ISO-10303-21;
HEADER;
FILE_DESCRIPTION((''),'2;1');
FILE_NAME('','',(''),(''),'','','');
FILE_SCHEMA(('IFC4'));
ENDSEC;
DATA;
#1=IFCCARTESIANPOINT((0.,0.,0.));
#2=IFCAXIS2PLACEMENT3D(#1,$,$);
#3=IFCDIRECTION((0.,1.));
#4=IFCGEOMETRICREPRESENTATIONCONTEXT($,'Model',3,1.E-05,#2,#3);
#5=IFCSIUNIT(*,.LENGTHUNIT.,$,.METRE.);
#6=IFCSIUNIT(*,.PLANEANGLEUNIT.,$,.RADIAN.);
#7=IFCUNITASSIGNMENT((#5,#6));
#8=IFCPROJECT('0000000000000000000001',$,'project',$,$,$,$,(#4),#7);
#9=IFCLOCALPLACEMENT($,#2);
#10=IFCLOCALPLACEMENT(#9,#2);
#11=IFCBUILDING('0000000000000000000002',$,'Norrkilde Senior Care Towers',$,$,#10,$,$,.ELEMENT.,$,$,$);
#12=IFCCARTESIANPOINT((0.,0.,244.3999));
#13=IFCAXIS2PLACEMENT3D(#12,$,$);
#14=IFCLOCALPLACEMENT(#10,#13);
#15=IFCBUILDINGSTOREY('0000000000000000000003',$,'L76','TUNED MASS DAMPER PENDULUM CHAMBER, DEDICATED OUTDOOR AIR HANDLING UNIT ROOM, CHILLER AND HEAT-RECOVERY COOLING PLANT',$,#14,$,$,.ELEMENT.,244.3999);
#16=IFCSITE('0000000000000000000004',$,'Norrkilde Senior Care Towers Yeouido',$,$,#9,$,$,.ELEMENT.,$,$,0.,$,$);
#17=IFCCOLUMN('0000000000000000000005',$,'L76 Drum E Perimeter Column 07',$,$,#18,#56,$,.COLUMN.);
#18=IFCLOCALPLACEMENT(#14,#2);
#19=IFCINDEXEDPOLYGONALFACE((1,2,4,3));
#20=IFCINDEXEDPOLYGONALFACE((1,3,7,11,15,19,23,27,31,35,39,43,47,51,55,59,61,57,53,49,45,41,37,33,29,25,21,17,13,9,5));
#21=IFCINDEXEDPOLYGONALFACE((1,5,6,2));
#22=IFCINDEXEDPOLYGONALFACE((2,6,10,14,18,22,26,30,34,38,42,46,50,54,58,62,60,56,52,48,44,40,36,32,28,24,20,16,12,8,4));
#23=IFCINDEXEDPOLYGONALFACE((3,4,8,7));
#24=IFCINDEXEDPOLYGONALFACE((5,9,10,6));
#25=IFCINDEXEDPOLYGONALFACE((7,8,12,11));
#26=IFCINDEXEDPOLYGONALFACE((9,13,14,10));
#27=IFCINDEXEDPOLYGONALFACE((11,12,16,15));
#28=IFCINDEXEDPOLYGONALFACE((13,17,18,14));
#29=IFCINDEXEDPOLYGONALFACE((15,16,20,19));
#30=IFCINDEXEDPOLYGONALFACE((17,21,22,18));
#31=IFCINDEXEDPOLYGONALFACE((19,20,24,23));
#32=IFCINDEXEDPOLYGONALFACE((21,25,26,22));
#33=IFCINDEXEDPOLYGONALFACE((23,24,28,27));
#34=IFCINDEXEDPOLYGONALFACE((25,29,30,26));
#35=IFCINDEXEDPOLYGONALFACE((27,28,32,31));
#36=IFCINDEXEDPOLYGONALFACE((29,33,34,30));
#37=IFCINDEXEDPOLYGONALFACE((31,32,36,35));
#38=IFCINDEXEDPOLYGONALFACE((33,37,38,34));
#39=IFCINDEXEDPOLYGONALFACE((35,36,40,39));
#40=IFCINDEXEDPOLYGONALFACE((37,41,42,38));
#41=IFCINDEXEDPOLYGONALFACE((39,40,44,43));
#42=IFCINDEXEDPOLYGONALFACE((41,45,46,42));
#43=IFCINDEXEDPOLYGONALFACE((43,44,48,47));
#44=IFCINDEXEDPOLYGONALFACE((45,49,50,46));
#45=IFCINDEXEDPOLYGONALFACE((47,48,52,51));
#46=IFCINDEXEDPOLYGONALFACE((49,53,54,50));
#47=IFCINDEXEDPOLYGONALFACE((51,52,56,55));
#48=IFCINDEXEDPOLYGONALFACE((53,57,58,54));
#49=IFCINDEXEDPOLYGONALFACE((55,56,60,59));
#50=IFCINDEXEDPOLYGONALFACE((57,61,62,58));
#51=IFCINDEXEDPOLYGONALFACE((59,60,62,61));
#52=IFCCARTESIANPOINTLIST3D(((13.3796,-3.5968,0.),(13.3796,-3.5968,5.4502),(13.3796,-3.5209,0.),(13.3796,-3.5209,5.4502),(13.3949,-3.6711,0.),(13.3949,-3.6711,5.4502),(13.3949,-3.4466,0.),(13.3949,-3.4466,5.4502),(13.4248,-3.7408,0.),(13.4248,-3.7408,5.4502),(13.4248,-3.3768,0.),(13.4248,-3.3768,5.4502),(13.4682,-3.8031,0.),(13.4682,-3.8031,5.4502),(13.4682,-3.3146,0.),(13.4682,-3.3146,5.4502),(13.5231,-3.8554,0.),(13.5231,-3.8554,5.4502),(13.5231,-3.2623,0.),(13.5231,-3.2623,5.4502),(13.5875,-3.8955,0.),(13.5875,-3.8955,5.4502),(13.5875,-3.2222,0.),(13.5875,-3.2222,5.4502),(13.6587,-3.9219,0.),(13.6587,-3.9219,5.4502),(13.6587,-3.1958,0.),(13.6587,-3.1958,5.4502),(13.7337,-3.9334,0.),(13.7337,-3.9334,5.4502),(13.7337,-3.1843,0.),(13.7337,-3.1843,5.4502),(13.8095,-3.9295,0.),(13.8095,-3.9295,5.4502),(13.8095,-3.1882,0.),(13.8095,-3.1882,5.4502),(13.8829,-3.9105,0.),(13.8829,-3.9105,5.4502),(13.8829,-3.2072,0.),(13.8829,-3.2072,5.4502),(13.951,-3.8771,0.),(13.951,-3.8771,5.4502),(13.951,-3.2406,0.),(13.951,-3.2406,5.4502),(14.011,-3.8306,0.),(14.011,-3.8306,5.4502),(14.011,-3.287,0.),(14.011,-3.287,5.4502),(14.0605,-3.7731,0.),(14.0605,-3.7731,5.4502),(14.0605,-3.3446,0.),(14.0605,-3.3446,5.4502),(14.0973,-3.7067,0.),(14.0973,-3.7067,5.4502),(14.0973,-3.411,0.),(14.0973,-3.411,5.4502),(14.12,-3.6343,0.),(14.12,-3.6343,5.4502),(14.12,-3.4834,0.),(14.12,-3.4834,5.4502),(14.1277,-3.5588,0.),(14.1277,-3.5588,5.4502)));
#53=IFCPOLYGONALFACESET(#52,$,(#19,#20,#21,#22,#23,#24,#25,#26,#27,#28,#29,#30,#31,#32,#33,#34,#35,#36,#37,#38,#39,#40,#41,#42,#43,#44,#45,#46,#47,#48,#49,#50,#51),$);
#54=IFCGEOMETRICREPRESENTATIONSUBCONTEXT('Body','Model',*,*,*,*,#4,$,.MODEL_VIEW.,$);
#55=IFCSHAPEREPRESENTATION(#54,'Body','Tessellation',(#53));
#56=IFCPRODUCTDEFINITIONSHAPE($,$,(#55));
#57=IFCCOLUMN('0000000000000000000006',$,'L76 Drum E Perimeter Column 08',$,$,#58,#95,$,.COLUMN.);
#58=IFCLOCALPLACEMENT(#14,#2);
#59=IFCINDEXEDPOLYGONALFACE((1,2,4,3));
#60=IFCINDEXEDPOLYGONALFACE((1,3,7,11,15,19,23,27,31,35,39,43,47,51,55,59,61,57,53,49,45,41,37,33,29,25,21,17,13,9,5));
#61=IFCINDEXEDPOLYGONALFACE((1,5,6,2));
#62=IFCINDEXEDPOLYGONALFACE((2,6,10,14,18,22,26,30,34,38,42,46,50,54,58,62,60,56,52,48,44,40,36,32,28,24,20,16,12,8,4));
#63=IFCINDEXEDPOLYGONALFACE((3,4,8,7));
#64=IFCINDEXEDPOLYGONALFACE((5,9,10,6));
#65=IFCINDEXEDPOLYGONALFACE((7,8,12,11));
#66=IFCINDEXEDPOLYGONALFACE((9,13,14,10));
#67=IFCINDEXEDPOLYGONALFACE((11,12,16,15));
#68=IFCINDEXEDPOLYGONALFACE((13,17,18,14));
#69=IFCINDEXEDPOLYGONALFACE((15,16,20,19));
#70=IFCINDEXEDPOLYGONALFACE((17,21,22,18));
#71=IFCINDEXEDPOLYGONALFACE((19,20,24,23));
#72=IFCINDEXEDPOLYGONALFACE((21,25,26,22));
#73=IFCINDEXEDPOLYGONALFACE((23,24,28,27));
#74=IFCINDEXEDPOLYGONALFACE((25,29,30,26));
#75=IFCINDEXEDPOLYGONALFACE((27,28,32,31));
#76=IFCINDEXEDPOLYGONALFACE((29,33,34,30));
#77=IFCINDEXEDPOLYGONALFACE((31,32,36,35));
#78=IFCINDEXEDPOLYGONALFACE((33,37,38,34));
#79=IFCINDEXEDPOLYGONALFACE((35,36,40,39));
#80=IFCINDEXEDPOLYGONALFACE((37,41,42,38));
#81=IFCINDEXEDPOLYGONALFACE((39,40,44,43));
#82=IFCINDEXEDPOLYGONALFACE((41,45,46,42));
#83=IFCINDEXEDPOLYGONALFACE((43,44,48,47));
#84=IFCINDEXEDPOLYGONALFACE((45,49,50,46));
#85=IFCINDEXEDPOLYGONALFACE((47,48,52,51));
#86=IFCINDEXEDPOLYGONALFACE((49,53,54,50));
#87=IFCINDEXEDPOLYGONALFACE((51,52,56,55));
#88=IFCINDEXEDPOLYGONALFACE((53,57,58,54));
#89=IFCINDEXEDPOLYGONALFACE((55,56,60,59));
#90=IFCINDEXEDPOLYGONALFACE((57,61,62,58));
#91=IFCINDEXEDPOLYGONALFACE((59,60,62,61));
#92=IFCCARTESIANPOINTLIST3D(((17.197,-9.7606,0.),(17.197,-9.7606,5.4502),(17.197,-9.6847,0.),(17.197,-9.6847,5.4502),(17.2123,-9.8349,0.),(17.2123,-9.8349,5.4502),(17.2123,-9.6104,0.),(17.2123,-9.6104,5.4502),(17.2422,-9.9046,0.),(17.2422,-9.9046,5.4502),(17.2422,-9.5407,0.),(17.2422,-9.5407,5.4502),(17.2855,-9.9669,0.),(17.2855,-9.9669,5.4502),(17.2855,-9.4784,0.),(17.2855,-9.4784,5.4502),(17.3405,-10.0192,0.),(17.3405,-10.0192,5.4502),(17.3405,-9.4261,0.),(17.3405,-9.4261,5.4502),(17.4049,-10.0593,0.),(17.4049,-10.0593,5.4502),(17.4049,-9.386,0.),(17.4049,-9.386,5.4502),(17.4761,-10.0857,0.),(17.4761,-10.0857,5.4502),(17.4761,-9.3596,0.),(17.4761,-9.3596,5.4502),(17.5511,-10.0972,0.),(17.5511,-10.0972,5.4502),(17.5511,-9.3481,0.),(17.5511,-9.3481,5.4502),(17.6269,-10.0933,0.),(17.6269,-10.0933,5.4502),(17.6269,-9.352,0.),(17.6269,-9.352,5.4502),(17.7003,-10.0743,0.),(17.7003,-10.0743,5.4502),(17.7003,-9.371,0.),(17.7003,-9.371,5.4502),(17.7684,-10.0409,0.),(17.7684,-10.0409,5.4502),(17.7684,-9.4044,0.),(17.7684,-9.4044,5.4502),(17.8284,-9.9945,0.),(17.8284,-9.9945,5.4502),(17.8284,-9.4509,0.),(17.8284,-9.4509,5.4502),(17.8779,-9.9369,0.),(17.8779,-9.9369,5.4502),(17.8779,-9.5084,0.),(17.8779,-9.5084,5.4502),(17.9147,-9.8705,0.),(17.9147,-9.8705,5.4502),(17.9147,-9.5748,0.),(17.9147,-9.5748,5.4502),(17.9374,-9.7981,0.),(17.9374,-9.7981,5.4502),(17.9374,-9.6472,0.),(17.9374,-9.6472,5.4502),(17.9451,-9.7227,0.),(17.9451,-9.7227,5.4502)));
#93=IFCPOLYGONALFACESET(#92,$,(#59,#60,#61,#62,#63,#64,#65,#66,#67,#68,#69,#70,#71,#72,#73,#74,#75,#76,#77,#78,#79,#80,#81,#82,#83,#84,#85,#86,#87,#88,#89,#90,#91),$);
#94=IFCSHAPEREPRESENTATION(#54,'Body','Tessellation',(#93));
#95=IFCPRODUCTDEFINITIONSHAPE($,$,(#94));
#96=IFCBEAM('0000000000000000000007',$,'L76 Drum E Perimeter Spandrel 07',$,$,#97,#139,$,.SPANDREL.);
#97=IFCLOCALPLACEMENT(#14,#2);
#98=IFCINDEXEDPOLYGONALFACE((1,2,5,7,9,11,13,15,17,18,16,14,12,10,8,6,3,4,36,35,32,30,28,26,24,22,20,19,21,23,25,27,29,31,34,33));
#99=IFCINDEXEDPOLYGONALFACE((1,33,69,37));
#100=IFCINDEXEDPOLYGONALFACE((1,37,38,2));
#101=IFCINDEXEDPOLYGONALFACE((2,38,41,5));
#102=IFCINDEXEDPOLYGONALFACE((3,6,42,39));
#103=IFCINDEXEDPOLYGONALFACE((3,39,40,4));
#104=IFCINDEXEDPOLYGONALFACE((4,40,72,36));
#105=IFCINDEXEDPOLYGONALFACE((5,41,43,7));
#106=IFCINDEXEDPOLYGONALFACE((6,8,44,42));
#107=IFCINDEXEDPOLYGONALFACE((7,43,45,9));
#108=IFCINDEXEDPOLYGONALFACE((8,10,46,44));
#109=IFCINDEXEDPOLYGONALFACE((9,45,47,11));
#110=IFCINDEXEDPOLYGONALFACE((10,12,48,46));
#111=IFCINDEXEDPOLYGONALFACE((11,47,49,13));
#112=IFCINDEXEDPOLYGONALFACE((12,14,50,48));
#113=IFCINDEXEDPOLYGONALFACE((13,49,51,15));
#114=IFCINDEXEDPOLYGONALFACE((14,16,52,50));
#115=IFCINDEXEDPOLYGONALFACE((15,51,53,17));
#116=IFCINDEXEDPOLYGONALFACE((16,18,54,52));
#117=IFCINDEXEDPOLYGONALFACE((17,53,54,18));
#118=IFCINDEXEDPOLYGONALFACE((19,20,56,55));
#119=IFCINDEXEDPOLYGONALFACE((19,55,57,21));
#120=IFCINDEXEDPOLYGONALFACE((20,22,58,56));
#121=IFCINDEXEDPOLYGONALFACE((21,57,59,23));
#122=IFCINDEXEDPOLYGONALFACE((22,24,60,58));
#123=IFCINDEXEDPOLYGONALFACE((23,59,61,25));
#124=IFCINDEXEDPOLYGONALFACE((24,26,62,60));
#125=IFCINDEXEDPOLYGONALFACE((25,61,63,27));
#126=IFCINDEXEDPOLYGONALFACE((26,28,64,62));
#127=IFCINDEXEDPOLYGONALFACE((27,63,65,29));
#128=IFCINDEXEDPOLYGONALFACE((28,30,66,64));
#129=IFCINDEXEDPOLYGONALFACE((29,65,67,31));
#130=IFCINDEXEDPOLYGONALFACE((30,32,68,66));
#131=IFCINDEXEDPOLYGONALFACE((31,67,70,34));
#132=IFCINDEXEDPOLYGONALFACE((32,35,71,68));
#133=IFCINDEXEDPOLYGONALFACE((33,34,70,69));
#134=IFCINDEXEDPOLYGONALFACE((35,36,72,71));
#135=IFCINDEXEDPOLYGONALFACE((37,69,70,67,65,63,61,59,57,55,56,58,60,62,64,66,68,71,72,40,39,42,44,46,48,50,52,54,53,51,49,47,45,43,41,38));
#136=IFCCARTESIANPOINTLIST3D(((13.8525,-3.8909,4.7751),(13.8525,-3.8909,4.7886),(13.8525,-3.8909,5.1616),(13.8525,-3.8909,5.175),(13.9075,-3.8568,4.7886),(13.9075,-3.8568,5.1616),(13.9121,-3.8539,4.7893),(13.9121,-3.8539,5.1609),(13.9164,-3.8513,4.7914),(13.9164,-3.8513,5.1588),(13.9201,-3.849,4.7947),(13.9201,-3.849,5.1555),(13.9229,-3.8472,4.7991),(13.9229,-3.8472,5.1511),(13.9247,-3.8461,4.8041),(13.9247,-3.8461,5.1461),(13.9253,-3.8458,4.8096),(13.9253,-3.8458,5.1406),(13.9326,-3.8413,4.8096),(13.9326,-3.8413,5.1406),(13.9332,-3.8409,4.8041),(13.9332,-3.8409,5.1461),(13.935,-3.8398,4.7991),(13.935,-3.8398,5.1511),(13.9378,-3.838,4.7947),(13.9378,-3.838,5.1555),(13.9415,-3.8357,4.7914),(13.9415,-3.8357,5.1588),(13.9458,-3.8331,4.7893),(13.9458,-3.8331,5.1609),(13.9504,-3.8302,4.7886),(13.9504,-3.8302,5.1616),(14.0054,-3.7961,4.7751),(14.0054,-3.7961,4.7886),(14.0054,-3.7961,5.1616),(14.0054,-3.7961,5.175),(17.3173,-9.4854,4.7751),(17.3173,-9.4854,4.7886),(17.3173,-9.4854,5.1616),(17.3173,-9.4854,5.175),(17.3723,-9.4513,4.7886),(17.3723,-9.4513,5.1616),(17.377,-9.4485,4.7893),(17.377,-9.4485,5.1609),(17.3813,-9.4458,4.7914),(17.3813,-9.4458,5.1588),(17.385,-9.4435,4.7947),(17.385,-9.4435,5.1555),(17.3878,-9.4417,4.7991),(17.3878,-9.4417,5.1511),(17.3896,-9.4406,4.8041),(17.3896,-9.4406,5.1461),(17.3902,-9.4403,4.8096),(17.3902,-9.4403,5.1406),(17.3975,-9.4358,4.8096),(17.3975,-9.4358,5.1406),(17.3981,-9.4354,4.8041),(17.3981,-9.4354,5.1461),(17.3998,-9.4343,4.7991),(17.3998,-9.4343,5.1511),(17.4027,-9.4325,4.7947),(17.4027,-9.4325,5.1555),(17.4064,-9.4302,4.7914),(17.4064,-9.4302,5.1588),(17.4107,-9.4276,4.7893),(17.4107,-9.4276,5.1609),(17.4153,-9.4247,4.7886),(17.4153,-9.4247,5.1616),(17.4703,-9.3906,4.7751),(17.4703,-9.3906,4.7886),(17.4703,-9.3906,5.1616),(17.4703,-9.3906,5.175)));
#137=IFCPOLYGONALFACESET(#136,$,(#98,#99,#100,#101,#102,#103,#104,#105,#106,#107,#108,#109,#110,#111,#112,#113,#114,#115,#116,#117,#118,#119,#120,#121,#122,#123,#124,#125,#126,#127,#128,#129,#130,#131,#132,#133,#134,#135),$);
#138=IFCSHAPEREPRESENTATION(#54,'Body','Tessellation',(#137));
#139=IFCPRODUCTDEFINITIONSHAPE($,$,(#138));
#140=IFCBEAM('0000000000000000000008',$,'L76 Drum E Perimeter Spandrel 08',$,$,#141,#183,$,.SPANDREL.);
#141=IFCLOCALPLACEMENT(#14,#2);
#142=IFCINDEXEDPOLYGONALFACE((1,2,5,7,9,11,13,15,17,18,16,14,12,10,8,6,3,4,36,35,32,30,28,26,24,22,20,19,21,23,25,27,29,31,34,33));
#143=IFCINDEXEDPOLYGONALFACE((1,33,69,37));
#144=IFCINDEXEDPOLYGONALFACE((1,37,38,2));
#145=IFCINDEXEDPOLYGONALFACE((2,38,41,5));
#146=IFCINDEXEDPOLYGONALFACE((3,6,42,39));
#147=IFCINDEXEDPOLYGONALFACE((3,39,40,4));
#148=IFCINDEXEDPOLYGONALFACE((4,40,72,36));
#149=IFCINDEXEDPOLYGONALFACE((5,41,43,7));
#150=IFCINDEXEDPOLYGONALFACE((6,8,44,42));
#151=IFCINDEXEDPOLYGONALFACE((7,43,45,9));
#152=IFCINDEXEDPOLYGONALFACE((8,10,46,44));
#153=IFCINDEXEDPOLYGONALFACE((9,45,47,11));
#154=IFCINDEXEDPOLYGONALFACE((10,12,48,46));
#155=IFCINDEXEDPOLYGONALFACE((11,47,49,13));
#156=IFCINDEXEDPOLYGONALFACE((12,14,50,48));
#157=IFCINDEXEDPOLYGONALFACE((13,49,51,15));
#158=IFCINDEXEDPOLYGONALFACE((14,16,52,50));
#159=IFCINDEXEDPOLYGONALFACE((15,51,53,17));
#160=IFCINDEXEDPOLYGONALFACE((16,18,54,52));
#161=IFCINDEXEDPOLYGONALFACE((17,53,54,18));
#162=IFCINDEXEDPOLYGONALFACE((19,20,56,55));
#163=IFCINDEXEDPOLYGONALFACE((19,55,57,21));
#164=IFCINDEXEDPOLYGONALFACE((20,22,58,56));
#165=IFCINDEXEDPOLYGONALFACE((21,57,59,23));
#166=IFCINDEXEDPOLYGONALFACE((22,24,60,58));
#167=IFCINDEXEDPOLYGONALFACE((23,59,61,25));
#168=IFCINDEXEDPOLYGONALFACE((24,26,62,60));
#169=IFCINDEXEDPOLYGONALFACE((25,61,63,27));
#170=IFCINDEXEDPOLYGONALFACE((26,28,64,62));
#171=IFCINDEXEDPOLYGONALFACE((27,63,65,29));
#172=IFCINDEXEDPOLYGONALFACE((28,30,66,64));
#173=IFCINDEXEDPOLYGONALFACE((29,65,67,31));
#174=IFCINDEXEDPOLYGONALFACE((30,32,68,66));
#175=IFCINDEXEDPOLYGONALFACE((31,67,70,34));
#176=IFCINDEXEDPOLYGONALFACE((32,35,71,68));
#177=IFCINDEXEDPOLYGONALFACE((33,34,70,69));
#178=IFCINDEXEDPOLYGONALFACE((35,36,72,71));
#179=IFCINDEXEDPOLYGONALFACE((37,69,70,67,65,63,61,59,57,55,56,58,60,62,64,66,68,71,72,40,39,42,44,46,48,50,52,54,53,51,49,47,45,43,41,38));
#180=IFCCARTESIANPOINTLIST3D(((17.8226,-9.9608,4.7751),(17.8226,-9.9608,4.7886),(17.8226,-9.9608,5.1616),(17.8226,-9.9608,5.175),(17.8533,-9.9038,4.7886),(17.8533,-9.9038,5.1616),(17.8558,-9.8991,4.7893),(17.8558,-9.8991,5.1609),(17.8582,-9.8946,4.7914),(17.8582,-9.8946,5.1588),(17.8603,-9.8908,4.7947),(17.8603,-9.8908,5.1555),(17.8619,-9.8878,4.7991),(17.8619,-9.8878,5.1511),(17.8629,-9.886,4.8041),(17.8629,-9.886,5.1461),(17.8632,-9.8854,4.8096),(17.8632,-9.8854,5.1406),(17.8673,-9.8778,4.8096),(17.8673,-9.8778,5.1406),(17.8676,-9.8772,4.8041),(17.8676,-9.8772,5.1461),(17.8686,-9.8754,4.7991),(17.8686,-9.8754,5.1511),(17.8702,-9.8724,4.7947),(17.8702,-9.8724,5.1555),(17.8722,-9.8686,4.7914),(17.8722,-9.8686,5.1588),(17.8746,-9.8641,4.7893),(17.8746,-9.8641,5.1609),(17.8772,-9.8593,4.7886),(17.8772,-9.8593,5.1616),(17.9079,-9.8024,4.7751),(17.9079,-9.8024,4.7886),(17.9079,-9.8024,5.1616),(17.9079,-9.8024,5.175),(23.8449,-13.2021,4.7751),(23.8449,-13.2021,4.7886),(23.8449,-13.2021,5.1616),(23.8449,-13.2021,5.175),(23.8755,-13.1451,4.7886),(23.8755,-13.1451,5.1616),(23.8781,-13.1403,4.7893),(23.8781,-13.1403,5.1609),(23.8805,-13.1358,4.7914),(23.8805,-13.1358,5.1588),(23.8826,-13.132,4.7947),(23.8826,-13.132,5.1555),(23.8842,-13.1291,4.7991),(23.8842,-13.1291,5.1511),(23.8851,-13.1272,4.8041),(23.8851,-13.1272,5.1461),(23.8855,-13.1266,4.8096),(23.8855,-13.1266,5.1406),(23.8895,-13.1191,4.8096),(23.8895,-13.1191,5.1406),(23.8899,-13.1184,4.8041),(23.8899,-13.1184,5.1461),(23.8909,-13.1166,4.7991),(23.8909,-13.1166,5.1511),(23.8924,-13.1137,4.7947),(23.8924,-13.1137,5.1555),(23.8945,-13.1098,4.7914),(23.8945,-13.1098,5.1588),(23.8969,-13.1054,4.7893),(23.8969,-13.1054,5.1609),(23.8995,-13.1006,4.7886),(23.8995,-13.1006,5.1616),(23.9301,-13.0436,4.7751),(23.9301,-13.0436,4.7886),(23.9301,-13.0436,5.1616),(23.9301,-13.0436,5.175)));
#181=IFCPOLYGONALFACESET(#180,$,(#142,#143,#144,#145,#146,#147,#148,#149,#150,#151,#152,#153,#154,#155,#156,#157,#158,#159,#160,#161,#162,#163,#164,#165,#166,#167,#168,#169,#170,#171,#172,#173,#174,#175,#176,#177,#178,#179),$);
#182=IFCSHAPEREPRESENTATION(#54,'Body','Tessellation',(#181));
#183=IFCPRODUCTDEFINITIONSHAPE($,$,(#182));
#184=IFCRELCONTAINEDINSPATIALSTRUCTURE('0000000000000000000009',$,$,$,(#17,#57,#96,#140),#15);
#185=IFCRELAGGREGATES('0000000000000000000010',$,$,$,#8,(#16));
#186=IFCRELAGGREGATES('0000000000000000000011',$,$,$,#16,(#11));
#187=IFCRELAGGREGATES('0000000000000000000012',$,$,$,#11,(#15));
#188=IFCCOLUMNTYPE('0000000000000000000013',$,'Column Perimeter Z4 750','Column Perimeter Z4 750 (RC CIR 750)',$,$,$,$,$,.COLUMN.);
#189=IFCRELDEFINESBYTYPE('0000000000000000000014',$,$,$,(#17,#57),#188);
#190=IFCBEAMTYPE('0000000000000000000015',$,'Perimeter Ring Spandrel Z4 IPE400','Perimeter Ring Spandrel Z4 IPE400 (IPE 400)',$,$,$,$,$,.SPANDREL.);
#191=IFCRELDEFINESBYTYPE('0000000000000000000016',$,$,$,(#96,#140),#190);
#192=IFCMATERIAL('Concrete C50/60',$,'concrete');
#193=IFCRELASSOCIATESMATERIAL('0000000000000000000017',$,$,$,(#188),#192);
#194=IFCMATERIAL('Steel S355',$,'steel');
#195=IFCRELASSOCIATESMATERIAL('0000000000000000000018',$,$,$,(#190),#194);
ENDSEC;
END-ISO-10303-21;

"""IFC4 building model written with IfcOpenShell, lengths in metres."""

from ifc_helpers import new_model, si_unit, direction, frame, origin, origin_2d, place, context, subcontext, project, spatial, circle, i_section, extrude, source, transform, mapped, material, material_profile, profile_set, type_object, type_shapes, element, save


model = new_model("IFC4")

# Units and contexts
model_context = context("Model", 3, precision=1e-05, world=origin(), true_north=direction((0.0, 1.0)))
body_context = subcontext(model_context, "Body", "Model", "MODEL_VIEW")
ifc_project = project(units=[si_unit("LENGTHUNIT", "METRE"), si_unit("PLANEANGLEUNIT", "RADIAN")], contexts=[model_context])

# Site, building, storey
site_placement = place(None, origin())
site = spatial("IfcSite", under=ifc_project, at=site_placement, Name="Norrkilde Senior Care Towers Yeouido", CompositionType="ELEMENT", RefElevation=0.0)
building_placement = place(site_placement, origin())
building = spatial("IfcBuilding", under=site, at=building_placement, Name="Norrkilde Senior Care Towers", CompositionType="ELEMENT")
storey_placement = place(building_placement, frame((0.0, 0.0, 244.3999)))
storey = spatial("IfcBuildingStorey", under=building, at=storey_placement, Name="L76", Description="TUNED MASS DAMPER PENDULUM CHAMBER, DEDICATED OUTDOOR AIR HANDLING UNIT ROOM, CHILLER AND HEAT-RECOVERY COOLING PLANT", CompositionType="ELEMENT", Elevation=244.3999)

# Columns
ifc_material_1 = material(Name="Concrete C50/60", Category="concrete")
ifc_material_profile_1 = material_profile(ifc_material_1, circle(Radius=0.375, at=origin_2d()), Name="RC CIR 750")
ifc_profile_set_1 = profile_set([ifc_material_profile_1], Name="Concrete C50/60")
column_type = type_object("IfcColumnType", Name="Column Perimeter Z4 750", Description="Column Perimeter Z4 750 (RC CIR 750)", PredefinedType="COLUMN", material=ifc_profile_set_1)
shared_shape_1 = source(origin(), body_context, "Body", "SweptSolid", [
    extrude(circle(Radius=0.375, at=origin_2d()), origin(), (0.0, 0.0, 1.0), 5.4502),
])
type_shapes(column_type, [shared_shape_1])
for number, where, z_axis, x_axis, name in (
    (1, (13.7527, -3.5588, 0.0), (0.0, 0.0, 1.0), (1.0, 0.0, 0.0), "L76 Drum E Perimeter Column 07"),
    (2, (17.5701, -9.7227, 0.0), (0.0, 0.0, 1.0), (1.0, 0.0, 0.0), "L76 Drum E Perimeter Column 08"),
):
    element("IfcColumn", number, at=place(storey_placement, frame(where, z_axis=z_axis, x_axis=x_axis)), inside=storey, type_object=column_type, Name=name, PredefinedType="COLUMN", context=body_context, shape_type="MappedRepresentation", body=[
        mapped(shared_shape_1, transform((0.0, 0.0, 0.0), x_axis=(1.0, 0.0, 0.0), y_axis=(0.0, 1.0, 0.0), z_axis=(0.0, 0.0, 1.0), scale=1.0)),
    ])

# Beams
ifc_material_2 = material(Name="Steel S355", Category="steel")
ifc_material_profile_2 = material_profile(ifc_material_2, i_section(OverallWidth=0.1799, OverallDepth=0.3999, WebThickness=0.0085, FlangeThickness=0.0134, FilletRadius=0.021, at=origin_2d()), Name="IPE 400")
ifc_profile_set_2 = profile_set([ifc_material_profile_2], Name="Steel S355")
beam_type_1 = type_object("IfcBeamType", Name="Perimeter Ring Spandrel Z4 IPE400", Description="Perimeter Ring Spandrel Z4 IPE400 (IPE 400)", PredefinedType="SPANDREL", material=ifc_profile_set_2)
shared_shape_2 = source(origin(), body_context, "Body", "SweptSolid", [
    extrude(i_section(OverallWidth=0.1799, OverallDepth=0.3999, WebThickness=0.0085, FlangeThickness=0.0134, FilletRadius=0.021, at=origin_2d()), origin(), (0.0, 0.0, 1.0), 6.5806),
])
beam_1_placement = place(storey_placement, frame((13.929, -3.8435, 4.9751), z_axis=(0.52653, -0.850157, 0.0), x_axis=(0.850157, 0.52653, 0.0)))
element("IfcBeam", 3, at=beam_1_placement, inside=storey, type_object=beam_type_1, Name="L76 Drum E Perimeter Spandrel 07", PredefinedType="SPANDREL", context=body_context, shape_type="MappedRepresentation", body=[
    mapped(shared_shape_2, transform((0.0, 0.0, 0.0), x_axis=(1.0, 0.0, 0.0), y_axis=(0.0, 1.0, 0.0), z_axis=(0.0, 0.0, 1.0), scale=1.0)),
])
shared_shape_3 = source(origin(), body_context, "Body", "SweptSolid", [
    extrude(i_section(OverallWidth=0.1799, OverallDepth=0.3999, WebThickness=0.0085, FlangeThickness=0.0134, FilletRadius=0.021, at=origin_2d()), origin(), (0.0, 0.0, 1.0), 6.8391),
])
type_shapes(beam_type_1, [shared_shape_2, shared_shape_3])
beam_2_placement = place(storey_placement, frame((17.8652, -9.8816, 4.9751), z_axis=(0.880564, -0.473927, 0.0), x_axis=(0.473927, 0.880564, 0.0)))
element("IfcBeam", 4, at=beam_2_placement, inside=storey, type_object=beam_type_1, Name="L76 Drum E Perimeter Spandrel 08", PredefinedType="SPANDREL", context=body_context, shape_type="MappedRepresentation", body=[
    mapped(shared_shape_3, transform((0.0, 0.0, 0.0), x_axis=(1.0, 0.0, 0.0), y_axis=(0.0, 1.0, 0.0), z_axis=(0.0, 0.0, 1.0), scale=1.0)),
])

save(model, "model.ifc")
